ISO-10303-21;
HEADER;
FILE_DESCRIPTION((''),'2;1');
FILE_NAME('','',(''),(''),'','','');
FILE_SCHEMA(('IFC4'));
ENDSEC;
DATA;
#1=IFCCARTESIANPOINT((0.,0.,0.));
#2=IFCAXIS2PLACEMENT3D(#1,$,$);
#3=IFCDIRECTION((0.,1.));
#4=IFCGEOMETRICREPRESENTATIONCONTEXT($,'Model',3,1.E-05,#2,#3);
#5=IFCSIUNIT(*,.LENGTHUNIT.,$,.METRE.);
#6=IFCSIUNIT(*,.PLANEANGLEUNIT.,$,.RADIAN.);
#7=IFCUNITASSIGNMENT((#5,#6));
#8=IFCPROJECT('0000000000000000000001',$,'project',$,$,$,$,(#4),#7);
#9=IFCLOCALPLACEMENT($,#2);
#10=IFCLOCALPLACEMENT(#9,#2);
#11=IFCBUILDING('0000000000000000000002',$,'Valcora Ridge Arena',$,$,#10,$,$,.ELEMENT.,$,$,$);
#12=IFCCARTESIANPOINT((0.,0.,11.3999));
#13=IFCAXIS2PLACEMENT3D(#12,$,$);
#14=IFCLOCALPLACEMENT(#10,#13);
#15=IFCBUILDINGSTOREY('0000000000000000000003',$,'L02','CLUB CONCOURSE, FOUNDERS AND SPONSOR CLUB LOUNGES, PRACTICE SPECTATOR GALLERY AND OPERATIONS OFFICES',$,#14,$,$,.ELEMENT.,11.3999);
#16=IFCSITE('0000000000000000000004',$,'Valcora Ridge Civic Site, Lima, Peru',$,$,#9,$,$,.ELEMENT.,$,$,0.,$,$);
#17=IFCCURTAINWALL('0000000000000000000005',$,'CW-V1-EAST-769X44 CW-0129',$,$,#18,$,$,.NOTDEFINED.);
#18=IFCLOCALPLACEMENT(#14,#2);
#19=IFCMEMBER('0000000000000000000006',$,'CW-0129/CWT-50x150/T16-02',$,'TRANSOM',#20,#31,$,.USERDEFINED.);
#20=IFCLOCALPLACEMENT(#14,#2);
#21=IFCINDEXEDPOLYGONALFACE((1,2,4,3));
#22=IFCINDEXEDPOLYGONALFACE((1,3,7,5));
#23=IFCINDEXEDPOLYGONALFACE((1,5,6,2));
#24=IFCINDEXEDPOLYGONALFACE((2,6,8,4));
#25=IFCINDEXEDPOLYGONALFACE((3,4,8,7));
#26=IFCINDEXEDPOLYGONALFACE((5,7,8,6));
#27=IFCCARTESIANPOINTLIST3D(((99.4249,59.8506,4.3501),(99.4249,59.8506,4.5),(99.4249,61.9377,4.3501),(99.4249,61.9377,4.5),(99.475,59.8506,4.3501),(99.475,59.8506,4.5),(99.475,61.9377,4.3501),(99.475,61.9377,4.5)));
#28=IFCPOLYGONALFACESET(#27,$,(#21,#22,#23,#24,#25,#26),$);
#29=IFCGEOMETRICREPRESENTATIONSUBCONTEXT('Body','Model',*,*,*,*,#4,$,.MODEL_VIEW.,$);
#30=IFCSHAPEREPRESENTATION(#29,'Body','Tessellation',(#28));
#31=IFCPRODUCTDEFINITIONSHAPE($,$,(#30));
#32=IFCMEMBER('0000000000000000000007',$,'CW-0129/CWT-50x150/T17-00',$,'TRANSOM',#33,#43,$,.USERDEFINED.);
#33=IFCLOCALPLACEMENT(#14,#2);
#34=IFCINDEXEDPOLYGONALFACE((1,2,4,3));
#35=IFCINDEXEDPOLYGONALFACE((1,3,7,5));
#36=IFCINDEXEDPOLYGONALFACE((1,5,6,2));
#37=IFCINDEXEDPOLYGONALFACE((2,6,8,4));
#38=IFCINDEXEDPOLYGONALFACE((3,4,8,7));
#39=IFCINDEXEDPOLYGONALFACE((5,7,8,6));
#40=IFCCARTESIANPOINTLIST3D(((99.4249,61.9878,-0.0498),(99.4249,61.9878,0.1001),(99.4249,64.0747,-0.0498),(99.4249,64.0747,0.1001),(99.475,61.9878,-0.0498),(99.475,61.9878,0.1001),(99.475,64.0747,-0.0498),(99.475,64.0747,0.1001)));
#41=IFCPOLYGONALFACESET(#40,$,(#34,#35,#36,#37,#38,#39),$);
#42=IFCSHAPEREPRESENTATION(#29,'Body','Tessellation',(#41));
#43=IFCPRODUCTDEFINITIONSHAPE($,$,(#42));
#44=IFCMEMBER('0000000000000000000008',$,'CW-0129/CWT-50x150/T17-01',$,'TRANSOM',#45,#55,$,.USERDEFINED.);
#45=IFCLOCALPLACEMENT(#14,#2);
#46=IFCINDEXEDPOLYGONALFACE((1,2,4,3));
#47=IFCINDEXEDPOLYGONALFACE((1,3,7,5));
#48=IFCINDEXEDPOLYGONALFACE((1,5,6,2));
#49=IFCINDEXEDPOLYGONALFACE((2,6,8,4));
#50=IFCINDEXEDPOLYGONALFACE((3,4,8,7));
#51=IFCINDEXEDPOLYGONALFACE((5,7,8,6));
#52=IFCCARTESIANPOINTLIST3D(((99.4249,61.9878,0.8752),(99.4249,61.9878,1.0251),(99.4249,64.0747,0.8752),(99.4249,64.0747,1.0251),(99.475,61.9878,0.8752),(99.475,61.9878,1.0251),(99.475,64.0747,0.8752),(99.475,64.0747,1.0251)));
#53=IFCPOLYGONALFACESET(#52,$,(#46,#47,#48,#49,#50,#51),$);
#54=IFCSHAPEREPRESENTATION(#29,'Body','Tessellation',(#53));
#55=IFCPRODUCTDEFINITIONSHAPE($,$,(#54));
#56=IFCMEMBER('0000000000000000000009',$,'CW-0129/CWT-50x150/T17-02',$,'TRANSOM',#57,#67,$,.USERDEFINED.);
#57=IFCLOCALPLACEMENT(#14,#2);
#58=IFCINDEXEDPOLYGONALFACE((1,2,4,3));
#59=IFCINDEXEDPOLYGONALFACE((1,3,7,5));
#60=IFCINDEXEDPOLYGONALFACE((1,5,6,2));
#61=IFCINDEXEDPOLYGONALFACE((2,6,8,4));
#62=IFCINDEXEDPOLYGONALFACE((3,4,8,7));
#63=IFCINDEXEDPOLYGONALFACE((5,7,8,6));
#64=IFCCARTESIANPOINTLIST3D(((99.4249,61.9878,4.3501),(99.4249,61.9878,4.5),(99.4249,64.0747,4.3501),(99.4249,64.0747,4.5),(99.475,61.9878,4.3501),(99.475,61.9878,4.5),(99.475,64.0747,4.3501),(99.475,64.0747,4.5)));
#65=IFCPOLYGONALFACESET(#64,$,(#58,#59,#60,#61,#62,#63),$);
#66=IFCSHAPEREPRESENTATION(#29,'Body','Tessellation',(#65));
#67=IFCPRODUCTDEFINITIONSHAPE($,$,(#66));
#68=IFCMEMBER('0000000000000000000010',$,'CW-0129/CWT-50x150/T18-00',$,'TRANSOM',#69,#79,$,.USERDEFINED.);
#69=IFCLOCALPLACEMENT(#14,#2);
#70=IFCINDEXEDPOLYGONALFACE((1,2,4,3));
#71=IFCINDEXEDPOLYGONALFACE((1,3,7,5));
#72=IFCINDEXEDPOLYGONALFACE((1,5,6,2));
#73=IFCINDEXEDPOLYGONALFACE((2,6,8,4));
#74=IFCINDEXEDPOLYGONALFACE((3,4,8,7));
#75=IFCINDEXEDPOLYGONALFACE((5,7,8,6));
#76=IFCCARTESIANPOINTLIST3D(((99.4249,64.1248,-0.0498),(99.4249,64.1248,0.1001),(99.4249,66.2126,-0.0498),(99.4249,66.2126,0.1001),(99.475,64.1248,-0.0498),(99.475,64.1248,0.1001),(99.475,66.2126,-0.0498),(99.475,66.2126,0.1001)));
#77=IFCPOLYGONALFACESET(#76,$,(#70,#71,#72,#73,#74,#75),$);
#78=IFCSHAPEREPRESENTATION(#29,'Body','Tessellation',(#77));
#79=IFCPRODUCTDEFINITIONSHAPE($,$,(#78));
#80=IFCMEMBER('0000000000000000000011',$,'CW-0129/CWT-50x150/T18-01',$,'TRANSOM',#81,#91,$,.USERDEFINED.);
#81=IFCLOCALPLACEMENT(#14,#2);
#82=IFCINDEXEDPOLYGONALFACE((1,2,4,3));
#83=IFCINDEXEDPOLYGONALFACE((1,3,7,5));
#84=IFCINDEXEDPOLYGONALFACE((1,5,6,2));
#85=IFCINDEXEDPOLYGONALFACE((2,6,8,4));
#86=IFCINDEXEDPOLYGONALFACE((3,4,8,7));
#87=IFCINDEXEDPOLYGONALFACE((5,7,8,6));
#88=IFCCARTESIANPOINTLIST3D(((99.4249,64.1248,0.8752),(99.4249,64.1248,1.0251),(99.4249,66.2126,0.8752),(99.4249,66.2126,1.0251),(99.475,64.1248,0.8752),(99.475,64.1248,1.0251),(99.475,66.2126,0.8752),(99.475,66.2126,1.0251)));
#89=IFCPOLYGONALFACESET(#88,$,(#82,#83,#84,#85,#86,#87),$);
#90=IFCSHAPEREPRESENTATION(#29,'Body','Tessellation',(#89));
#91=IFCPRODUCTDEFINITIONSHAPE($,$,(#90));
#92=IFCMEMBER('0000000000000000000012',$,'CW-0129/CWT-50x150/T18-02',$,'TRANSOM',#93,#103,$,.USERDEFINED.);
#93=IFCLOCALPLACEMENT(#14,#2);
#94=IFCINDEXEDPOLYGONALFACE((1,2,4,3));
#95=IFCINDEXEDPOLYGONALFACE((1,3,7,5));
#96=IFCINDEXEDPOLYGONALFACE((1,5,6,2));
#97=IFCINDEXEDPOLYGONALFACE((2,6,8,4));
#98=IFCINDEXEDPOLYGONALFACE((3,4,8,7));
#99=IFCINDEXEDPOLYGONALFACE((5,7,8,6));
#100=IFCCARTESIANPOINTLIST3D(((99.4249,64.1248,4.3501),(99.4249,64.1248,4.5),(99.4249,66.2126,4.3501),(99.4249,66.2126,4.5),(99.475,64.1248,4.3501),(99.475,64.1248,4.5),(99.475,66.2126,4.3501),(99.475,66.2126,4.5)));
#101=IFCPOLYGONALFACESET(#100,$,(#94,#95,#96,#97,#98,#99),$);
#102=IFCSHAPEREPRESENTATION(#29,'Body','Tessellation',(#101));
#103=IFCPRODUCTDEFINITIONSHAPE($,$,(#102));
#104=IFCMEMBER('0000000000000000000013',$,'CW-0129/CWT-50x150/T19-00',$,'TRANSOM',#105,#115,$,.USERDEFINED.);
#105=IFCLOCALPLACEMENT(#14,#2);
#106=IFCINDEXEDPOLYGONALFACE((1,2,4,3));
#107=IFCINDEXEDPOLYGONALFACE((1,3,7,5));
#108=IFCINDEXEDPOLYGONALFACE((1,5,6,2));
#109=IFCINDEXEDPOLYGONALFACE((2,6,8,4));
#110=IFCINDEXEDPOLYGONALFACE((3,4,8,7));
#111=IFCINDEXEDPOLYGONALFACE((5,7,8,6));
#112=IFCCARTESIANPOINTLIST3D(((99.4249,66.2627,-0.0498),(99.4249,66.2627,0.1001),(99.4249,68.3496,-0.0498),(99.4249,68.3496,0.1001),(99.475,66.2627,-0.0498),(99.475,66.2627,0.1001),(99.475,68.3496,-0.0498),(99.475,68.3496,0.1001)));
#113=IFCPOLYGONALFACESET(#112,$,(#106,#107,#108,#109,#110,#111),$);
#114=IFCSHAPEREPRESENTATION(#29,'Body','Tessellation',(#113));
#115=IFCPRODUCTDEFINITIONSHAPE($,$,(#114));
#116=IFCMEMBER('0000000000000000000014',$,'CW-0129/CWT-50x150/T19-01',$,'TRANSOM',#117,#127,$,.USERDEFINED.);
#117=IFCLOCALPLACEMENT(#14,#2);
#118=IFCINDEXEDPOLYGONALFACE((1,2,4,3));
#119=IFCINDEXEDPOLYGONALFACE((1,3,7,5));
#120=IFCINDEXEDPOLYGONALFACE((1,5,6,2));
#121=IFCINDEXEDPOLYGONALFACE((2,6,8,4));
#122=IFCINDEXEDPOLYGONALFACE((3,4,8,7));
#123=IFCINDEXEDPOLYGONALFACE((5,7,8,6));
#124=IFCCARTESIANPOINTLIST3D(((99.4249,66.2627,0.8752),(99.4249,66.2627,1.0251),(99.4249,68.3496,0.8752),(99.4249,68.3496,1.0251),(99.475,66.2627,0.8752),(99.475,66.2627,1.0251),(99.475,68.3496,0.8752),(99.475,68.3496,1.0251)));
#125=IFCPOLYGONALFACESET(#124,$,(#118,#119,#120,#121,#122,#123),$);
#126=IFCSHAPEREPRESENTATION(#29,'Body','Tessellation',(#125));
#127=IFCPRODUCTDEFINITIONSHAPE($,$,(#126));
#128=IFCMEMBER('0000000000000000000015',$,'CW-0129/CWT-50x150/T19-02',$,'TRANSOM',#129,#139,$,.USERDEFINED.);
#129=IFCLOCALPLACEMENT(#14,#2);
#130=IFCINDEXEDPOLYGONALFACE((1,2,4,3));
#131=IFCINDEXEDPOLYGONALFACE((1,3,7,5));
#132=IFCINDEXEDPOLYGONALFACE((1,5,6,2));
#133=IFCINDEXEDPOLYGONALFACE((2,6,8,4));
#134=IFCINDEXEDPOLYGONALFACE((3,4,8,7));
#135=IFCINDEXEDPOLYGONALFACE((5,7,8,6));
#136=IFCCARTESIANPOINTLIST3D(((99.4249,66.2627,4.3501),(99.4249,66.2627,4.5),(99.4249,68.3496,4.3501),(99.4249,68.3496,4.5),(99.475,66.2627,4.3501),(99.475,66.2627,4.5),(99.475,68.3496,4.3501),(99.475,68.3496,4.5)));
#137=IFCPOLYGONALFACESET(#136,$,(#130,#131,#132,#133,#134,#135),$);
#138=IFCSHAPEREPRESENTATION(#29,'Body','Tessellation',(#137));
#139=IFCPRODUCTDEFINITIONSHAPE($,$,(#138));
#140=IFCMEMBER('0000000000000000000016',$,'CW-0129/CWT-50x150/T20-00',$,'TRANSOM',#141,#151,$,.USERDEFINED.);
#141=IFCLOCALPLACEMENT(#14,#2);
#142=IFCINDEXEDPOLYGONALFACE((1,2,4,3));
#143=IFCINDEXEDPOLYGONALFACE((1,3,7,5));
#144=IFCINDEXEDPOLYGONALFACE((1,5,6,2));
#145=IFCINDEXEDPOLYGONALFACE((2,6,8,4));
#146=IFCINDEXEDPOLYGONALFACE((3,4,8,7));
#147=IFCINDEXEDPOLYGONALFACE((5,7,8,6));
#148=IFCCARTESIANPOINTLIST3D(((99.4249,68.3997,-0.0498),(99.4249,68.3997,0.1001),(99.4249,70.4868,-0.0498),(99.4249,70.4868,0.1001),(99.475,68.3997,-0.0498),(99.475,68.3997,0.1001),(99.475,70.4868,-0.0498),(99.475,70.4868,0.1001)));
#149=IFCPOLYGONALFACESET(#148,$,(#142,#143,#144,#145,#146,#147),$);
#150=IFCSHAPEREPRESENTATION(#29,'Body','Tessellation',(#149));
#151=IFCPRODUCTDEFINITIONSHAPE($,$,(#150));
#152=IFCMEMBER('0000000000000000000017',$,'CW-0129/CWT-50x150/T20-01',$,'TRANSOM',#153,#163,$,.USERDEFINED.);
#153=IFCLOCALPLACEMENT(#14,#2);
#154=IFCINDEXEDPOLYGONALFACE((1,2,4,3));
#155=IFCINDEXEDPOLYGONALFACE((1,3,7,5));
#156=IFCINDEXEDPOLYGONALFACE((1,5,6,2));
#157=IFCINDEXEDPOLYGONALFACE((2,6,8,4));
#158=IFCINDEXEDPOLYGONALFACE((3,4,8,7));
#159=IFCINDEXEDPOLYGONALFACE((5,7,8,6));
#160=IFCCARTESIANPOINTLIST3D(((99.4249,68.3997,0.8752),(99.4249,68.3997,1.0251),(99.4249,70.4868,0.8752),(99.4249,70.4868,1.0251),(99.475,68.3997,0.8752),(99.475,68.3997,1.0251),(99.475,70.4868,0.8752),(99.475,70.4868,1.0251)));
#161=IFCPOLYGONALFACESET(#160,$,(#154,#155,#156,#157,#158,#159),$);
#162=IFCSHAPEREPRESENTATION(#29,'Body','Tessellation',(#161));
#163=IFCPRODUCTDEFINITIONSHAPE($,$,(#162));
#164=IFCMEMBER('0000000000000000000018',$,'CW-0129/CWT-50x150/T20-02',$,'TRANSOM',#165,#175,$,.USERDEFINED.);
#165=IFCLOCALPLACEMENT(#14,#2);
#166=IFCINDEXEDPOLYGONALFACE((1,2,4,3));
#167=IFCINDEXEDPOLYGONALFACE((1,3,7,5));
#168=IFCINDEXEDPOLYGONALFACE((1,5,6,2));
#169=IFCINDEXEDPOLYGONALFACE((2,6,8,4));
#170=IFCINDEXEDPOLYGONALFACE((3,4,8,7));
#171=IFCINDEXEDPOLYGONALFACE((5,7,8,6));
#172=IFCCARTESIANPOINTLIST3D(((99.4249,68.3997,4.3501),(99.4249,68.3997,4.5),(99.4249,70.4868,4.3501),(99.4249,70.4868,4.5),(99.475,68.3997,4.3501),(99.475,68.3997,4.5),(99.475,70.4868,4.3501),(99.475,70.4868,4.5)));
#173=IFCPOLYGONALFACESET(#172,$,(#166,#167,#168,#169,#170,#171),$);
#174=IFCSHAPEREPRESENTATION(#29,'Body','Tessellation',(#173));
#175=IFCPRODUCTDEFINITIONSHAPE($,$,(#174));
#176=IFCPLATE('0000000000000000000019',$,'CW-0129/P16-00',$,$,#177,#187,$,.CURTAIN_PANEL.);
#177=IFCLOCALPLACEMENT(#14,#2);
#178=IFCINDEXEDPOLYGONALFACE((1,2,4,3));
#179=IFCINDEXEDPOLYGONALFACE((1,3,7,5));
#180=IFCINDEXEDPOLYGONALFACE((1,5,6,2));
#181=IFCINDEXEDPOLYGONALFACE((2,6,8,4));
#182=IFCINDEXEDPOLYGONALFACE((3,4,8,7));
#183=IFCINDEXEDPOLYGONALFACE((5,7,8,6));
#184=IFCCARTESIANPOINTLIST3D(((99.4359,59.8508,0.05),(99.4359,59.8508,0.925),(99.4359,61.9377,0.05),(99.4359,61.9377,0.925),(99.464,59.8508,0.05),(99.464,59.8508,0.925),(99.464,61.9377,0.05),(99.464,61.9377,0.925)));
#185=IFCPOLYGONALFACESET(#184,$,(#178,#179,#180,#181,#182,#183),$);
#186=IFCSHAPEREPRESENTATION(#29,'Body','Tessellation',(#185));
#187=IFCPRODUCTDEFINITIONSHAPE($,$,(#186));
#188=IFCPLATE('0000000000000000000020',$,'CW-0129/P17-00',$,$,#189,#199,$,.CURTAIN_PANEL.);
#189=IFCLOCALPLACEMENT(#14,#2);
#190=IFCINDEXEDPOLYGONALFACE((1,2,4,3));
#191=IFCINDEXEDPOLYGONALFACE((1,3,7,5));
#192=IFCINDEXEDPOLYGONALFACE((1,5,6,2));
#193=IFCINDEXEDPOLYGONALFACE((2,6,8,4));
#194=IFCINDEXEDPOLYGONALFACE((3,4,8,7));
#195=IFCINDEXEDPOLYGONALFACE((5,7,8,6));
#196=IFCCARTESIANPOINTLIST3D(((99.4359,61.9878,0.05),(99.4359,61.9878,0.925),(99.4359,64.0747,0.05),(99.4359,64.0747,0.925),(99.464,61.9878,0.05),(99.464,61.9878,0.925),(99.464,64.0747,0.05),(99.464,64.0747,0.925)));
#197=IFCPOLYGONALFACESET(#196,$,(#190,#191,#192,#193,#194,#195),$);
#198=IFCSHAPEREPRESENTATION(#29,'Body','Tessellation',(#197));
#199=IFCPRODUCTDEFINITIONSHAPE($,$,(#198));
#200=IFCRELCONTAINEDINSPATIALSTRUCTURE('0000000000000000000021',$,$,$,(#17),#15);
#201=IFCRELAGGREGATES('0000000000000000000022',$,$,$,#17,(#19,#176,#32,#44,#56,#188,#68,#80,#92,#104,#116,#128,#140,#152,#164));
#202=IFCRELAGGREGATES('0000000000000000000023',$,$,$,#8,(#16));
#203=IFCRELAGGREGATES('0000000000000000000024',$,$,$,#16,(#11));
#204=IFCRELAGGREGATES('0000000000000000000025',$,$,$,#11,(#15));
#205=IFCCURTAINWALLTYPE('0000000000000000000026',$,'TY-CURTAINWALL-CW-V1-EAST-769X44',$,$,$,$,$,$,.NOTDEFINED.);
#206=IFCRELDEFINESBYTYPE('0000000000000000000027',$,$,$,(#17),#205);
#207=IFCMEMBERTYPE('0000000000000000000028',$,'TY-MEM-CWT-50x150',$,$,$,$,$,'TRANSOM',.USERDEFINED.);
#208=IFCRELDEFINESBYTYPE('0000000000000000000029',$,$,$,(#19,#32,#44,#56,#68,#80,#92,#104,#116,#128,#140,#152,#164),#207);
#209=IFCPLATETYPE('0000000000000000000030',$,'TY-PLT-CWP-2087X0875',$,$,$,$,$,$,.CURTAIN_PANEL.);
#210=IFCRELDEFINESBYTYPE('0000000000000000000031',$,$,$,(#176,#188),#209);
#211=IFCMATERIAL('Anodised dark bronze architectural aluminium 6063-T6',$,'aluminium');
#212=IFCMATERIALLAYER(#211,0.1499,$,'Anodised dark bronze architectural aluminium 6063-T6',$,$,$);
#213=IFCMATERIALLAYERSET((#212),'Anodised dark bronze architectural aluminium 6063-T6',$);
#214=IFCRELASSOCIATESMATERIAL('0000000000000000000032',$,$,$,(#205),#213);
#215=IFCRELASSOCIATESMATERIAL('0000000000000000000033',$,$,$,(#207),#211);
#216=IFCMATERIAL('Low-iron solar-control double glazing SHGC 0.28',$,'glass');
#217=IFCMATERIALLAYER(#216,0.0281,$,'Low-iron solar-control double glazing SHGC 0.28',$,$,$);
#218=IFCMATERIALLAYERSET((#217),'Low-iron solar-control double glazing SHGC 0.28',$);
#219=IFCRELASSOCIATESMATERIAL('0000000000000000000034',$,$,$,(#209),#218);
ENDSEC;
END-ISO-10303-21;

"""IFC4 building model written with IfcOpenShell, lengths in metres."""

from ifc_helpers import new_model, si_unit, direction, frame, origin, origin_2d, place, context, subcontext, project, spatial, rectangle, extrude, material, layer, layer_set, material_profile, profile_set, type_object, element, aggregate, save


model = new_model("IFC4")

# Units and contexts
model_context = context("Model", 3, precision=1e-05, world=origin(), true_north=direction((0.0, 1.0)))
body_context = subcontext(model_context, "Body", "Model", "MODEL_VIEW")
ifc_project = project(units=[si_unit("LENGTHUNIT", "METRE"), si_unit("PLANEANGLEUNIT", "RADIAN")], contexts=[model_context])

# Site, building, storey
site_placement = place(None, origin())
site = spatial("IfcSite", under=ifc_project, at=site_placement, Name="Valcora Ridge Civic Site, Lima, Peru", CompositionType="ELEMENT", RefElevation=0.0)
building_placement = place(site_placement, origin())
building = spatial("IfcBuilding", under=site, at=building_placement, Name="Valcora Ridge Arena", CompositionType="ELEMENT")
storey_placement = place(building_placement, frame((0.0, 0.0, 11.3999)))
storey = spatial("IfcBuildingStorey", under=building, at=storey_placement, Name="L02", Description="CLUB CONCOURSE, FOUNDERS AND SPONSOR CLUB LOUNGES, PRACTICE SPECTATOR GALLERY AND OPERATIONS OFFICES", CompositionType="ELEMENT", Elevation=11.3999)

# Curtain wall, members, plates
ifc_material_1 = material(Name="Anodised dark bronze architectural aluminium 6063-T6", Category="aluminium")
ifc_layer_1 = layer(ifc_material_1, 0.1499, Name="Anodised dark bronze architectural aluminium 6063-T6")
ifc_layer_set_1 = layer_set([ifc_layer_1], Name="Anodised dark bronze architectural aluminium 6063-T6")
curtain_wall_type = type_object("IfcCurtainWallType", Name="TY-CURTAINWALL-CW-V1-EAST-769X44", PredefinedType="NOTDEFINED", material=ifc_layer_set_1)
curtain_wall_placement = place(storey_placement, origin())
curtain_wall = element("IfcCurtainWall", 1, at=curtain_wall_placement, inside=storey, type_object=curtain_wall_type, Name="CW-V1-EAST-769X44 CW-0129", PredefinedType="NOTDEFINED")
ifc_material_profile_1 = material_profile(ifc_material_1, rectangle(XDim=0.05, YDim=0.1499, at=origin_2d()), Name="ALU TRANSOM 50x150")
ifc_profile_set_1 = profile_set([ifc_material_profile_1], Name="Anodised dark bronze architectural aluminium 6063-T6")
member_type_1 = type_object("IfcMemberType", Name="TY-MEM-CWT-50x150", ElementType="TRANSOM", PredefinedType="USERDEFINED", material=ifc_profile_set_1)
member_1_placement = place(storey_placement, frame((99.45, 59.8506, 4.425), z_axis=(0.0, 1.0, 0.0), x_axis=(-1.0, 0.0, 0.0)))
member_1 = element("IfcMember", 2, at=member_1_placement, type_object=member_type_1, Name="CW-0129/CWT-50x150/T16-02", ObjectType="TRANSOM", PredefinedType="USERDEFINED", context=body_context, shape_type="SweptSolid", body=[
    extrude(rectangle(XDim=0.05, YDim=0.1499, at=origin_2d()), origin(), (0.0, 0.0, 1.0), 2.0872),
])
member_2_placement = place(storey_placement, frame((99.45, 61.9878, 0.0251), z_axis=(0.0, 1.0, 0.0), x_axis=(-1.0, 0.0, 0.0)))
member_2 = element("IfcMember", 3, at=member_2_placement, type_object=member_type_1, Name="CW-0129/CWT-50x150/T17-00", ObjectType="TRANSOM", PredefinedType="USERDEFINED", context=body_context, shape_type="SweptSolid", body=[
    extrude(rectangle(XDim=0.05, YDim=0.1499, at=origin_2d()), origin(), (0.0, 0.0, 1.0), 2.0869),
])
member_3_placement = place(storey_placement, frame((99.45, 61.9878, 0.9502), z_axis=(0.0, 1.0, 0.0), x_axis=(-1.0, 0.0, 0.0)))
member_3 = element("IfcMember", 4, at=member_3_placement, type_object=member_type_1, Name="CW-0129/CWT-50x150/T17-01", ObjectType="TRANSOM", PredefinedType="USERDEFINED", context=body_context, shape_type="SweptSolid", body=[
    extrude(rectangle(XDim=0.05, YDim=0.1499, at=origin_2d()), origin(), (0.0, 0.0, 1.0), 2.0869),
])
member_4_placement = place(storey_placement, frame((99.45, 61.9878, 4.425), z_axis=(0.0, 1.0, 0.0), x_axis=(-1.0, 0.0, 0.0)))
member_4 = element("IfcMember", 5, at=member_4_placement, type_object=member_type_1, Name="CW-0129/CWT-50x150/T17-02", ObjectType="TRANSOM", PredefinedType="USERDEFINED", context=body_context, shape_type="SweptSolid", body=[
    extrude(rectangle(XDim=0.05, YDim=0.1499, at=origin_2d()), origin(), (0.0, 0.0, 1.0), 2.0869),
])
member_5_placement = place(storey_placement, frame((99.45, 64.1248, 0.0251), z_axis=(0.0, 1.0, 0.0), x_axis=(-1.0, 0.0, 0.0)))
member_5 = element("IfcMember", 6, at=member_5_placement, type_object=member_type_1, Name="CW-0129/CWT-50x150/T18-00", ObjectType="TRANSOM", PredefinedType="USERDEFINED", context=body_context, shape_type="SweptSolid", body=[
    extrude(rectangle(XDim=0.05, YDim=0.1499, at=origin_2d()), origin(), (0.0, 0.0, 1.0), 2.0879),
])
member_6_placement = place(storey_placement, frame((99.45, 64.1248, 0.9502), z_axis=(0.0, 1.0, 0.0), x_axis=(-1.0, 0.0, 0.0)))
member_6 = element("IfcMember", 7, at=member_6_placement, type_object=member_type_1, Name="CW-0129/CWT-50x150/T18-01", ObjectType="TRANSOM", PredefinedType="USERDEFINED", context=body_context, shape_type="SweptSolid", body=[
    extrude(rectangle(XDim=0.05, YDim=0.1499, at=origin_2d()), origin(), (0.0, 0.0, 1.0), 2.0879),
])
member_7_placement = place(storey_placement, frame((99.45, 64.1248, 4.425), z_axis=(0.0, 1.0, 0.0), x_axis=(-1.0, 0.0, 0.0)))
member_7 = element("IfcMember", 8, at=member_7_placement, type_object=member_type_1, Name="CW-0129/CWT-50x150/T18-02", ObjectType="TRANSOM", PredefinedType="USERDEFINED", context=body_context, shape_type="SweptSolid", body=[
    extrude(rectangle(XDim=0.05, YDim=0.1499, at=origin_2d()), origin(), (0.0, 0.0, 1.0), 2.0879),
])
member_8_placement = place(storey_placement, frame((99.45, 66.2627, 0.0251), z_axis=(0.0, 1.0, 0.0), x_axis=(-1.0, 0.0, 0.0)))
member_8 = element("IfcMember", 9, at=member_8_placement, type_object=member_type_1, Name="CW-0129/CWT-50x150/T19-00", ObjectType="TRANSOM", PredefinedType="USERDEFINED", context=body_context, shape_type="SweptSolid", body=[
    extrude(rectangle(XDim=0.05, YDim=0.1499, at=origin_2d()), origin(), (0.0, 0.0, 1.0), 2.0869),
])
member_9_placement = place(storey_placement, frame((99.45, 66.2627, 0.9502), z_axis=(0.0, 1.0, 0.0), x_axis=(-1.0, 0.0, 0.0)))
member_9 = element("IfcMember", 10, at=member_9_placement, type_object=member_type_1, Name="CW-0129/CWT-50x150/T19-01", ObjectType="TRANSOM", PredefinedType="USERDEFINED", context=body_context, shape_type="SweptSolid", body=[
    extrude(rectangle(XDim=0.05, YDim=0.1499, at=origin_2d()), origin(), (0.0, 0.0, 1.0), 2.0869),
])
member_10_placement = place(storey_placement, frame((99.45, 66.2627, 4.425), z_axis=(0.0, 1.0, 0.0), x_axis=(-1.0, 0.0, 0.0)))
member_10 = element("IfcMember", 11, at=member_10_placement, type_object=member_type_1, Name="CW-0129/CWT-50x150/T19-02", ObjectType="TRANSOM", PredefinedType="USERDEFINED", context=body_context, shape_type="SweptSolid", body=[
    extrude(rectangle(XDim=0.05, YDim=0.1499, at=origin_2d()), origin(), (0.0, 0.0, 1.0), 2.0869),
])
member_11_placement = place(storey_placement, frame((99.45, 68.3997, 0.0251), z_axis=(0.0, 1.0, 0.0), x_axis=(-1.0, 0.0, 0.0)))
member_11 = element("IfcMember", 12, at=member_11_placement, type_object=member_type_1, Name="CW-0129/CWT-50x150/T20-00", ObjectType="TRANSOM", PredefinedType="USERDEFINED", context=body_context, shape_type="SweptSolid", body=[
    extrude(rectangle(XDim=0.05, YDim=0.1499, at=origin_2d()), origin(), (0.0, 0.0, 1.0), 2.0872),
])
member_12_placement = place(storey_placement, frame((99.45, 68.3997, 0.9502), z_axis=(0.0, 1.0, 0.0), x_axis=(-1.0, 0.0, 0.0)))
member_12 = element("IfcMember", 13, at=member_12_placement, type_object=member_type_1, Name="CW-0129/CWT-50x150/T20-01", ObjectType="TRANSOM", PredefinedType="USERDEFINED", context=body_context, shape_type="SweptSolid", body=[
    extrude(rectangle(XDim=0.05, YDim=0.1499, at=origin_2d()), origin(), (0.0, 0.0, 1.0), 2.0872),
])
member_13_placement = place(storey_placement, frame((99.45, 68.3997, 4.425), z_axis=(0.0, 1.0, 0.0), x_axis=(-1.0, 0.0, 0.0)))
member_13 = element("IfcMember", 14, at=member_13_placement, type_object=member_type_1, Name="CW-0129/CWT-50x150/T20-02", ObjectType="TRANSOM", PredefinedType="USERDEFINED", context=body_context, shape_type="SweptSolid", body=[
    extrude(rectangle(XDim=0.05, YDim=0.1499, at=origin_2d()), origin(), (0.0, 0.0, 1.0), 2.0872),
])
ifc_material_2 = material(Name="Low-iron solar-control double glazing SHGC 0.28", Category="glass")
ifc_layer_2 = layer(ifc_material_2, 0.0281, Name="Low-iron solar-control double glazing SHGC 0.28")
ifc_layer_set_2 = layer_set([ifc_layer_2], Name="Low-iron solar-control double glazing SHGC 0.28")
plate_type_1 = type_object("IfcPlateType", Name="TY-PLT-CWP-2087X0875", PredefinedType="CURTAIN_PANEL", material=ifc_layer_set_2)
plate_1_placement = place(storey_placement, frame((99.45, 60.8943, 0.05), z_axis=(0.0, 0.0, 1.0), x_axis=(0.0, 1.0, 0.0)))
plate_1 = element("IfcPlate", 15, at=plate_1_placement, type_object=plate_type_1, Name="CW-0129/P16-00", PredefinedType="CURTAIN_PANEL", context=body_context, shape_type="SweptSolid", body=[
    extrude(rectangle(XDim=2.0869, YDim=0.0281, at=origin_2d()), origin(), (0.0, 0.0, 1.0), 0.875),
])
plate_2_placement = place(storey_placement, frame((99.45, 63.0312, 0.05), z_axis=(0.0, 0.0, 1.0), x_axis=(0.0, 1.0, 0.0)))
plate_2 = element("IfcPlate", 16, at=plate_2_placement, type_object=plate_type_1, Name="CW-0129/P17-00", PredefinedType="CURTAIN_PANEL", context=body_context, shape_type="SweptSolid", body=[
    extrude(rectangle(XDim=2.0869, YDim=0.0281, at=origin_2d()), origin(), (0.0, 0.0, 1.0), 0.875),
])
aggregate(curtain_wall, [member_1, plate_1, member_2, member_3, member_4, plate_2, member_5, member_6, member_7, member_8, member_9, member_10, member_11, member_12, member_13])

save(model, "model.ifc")
